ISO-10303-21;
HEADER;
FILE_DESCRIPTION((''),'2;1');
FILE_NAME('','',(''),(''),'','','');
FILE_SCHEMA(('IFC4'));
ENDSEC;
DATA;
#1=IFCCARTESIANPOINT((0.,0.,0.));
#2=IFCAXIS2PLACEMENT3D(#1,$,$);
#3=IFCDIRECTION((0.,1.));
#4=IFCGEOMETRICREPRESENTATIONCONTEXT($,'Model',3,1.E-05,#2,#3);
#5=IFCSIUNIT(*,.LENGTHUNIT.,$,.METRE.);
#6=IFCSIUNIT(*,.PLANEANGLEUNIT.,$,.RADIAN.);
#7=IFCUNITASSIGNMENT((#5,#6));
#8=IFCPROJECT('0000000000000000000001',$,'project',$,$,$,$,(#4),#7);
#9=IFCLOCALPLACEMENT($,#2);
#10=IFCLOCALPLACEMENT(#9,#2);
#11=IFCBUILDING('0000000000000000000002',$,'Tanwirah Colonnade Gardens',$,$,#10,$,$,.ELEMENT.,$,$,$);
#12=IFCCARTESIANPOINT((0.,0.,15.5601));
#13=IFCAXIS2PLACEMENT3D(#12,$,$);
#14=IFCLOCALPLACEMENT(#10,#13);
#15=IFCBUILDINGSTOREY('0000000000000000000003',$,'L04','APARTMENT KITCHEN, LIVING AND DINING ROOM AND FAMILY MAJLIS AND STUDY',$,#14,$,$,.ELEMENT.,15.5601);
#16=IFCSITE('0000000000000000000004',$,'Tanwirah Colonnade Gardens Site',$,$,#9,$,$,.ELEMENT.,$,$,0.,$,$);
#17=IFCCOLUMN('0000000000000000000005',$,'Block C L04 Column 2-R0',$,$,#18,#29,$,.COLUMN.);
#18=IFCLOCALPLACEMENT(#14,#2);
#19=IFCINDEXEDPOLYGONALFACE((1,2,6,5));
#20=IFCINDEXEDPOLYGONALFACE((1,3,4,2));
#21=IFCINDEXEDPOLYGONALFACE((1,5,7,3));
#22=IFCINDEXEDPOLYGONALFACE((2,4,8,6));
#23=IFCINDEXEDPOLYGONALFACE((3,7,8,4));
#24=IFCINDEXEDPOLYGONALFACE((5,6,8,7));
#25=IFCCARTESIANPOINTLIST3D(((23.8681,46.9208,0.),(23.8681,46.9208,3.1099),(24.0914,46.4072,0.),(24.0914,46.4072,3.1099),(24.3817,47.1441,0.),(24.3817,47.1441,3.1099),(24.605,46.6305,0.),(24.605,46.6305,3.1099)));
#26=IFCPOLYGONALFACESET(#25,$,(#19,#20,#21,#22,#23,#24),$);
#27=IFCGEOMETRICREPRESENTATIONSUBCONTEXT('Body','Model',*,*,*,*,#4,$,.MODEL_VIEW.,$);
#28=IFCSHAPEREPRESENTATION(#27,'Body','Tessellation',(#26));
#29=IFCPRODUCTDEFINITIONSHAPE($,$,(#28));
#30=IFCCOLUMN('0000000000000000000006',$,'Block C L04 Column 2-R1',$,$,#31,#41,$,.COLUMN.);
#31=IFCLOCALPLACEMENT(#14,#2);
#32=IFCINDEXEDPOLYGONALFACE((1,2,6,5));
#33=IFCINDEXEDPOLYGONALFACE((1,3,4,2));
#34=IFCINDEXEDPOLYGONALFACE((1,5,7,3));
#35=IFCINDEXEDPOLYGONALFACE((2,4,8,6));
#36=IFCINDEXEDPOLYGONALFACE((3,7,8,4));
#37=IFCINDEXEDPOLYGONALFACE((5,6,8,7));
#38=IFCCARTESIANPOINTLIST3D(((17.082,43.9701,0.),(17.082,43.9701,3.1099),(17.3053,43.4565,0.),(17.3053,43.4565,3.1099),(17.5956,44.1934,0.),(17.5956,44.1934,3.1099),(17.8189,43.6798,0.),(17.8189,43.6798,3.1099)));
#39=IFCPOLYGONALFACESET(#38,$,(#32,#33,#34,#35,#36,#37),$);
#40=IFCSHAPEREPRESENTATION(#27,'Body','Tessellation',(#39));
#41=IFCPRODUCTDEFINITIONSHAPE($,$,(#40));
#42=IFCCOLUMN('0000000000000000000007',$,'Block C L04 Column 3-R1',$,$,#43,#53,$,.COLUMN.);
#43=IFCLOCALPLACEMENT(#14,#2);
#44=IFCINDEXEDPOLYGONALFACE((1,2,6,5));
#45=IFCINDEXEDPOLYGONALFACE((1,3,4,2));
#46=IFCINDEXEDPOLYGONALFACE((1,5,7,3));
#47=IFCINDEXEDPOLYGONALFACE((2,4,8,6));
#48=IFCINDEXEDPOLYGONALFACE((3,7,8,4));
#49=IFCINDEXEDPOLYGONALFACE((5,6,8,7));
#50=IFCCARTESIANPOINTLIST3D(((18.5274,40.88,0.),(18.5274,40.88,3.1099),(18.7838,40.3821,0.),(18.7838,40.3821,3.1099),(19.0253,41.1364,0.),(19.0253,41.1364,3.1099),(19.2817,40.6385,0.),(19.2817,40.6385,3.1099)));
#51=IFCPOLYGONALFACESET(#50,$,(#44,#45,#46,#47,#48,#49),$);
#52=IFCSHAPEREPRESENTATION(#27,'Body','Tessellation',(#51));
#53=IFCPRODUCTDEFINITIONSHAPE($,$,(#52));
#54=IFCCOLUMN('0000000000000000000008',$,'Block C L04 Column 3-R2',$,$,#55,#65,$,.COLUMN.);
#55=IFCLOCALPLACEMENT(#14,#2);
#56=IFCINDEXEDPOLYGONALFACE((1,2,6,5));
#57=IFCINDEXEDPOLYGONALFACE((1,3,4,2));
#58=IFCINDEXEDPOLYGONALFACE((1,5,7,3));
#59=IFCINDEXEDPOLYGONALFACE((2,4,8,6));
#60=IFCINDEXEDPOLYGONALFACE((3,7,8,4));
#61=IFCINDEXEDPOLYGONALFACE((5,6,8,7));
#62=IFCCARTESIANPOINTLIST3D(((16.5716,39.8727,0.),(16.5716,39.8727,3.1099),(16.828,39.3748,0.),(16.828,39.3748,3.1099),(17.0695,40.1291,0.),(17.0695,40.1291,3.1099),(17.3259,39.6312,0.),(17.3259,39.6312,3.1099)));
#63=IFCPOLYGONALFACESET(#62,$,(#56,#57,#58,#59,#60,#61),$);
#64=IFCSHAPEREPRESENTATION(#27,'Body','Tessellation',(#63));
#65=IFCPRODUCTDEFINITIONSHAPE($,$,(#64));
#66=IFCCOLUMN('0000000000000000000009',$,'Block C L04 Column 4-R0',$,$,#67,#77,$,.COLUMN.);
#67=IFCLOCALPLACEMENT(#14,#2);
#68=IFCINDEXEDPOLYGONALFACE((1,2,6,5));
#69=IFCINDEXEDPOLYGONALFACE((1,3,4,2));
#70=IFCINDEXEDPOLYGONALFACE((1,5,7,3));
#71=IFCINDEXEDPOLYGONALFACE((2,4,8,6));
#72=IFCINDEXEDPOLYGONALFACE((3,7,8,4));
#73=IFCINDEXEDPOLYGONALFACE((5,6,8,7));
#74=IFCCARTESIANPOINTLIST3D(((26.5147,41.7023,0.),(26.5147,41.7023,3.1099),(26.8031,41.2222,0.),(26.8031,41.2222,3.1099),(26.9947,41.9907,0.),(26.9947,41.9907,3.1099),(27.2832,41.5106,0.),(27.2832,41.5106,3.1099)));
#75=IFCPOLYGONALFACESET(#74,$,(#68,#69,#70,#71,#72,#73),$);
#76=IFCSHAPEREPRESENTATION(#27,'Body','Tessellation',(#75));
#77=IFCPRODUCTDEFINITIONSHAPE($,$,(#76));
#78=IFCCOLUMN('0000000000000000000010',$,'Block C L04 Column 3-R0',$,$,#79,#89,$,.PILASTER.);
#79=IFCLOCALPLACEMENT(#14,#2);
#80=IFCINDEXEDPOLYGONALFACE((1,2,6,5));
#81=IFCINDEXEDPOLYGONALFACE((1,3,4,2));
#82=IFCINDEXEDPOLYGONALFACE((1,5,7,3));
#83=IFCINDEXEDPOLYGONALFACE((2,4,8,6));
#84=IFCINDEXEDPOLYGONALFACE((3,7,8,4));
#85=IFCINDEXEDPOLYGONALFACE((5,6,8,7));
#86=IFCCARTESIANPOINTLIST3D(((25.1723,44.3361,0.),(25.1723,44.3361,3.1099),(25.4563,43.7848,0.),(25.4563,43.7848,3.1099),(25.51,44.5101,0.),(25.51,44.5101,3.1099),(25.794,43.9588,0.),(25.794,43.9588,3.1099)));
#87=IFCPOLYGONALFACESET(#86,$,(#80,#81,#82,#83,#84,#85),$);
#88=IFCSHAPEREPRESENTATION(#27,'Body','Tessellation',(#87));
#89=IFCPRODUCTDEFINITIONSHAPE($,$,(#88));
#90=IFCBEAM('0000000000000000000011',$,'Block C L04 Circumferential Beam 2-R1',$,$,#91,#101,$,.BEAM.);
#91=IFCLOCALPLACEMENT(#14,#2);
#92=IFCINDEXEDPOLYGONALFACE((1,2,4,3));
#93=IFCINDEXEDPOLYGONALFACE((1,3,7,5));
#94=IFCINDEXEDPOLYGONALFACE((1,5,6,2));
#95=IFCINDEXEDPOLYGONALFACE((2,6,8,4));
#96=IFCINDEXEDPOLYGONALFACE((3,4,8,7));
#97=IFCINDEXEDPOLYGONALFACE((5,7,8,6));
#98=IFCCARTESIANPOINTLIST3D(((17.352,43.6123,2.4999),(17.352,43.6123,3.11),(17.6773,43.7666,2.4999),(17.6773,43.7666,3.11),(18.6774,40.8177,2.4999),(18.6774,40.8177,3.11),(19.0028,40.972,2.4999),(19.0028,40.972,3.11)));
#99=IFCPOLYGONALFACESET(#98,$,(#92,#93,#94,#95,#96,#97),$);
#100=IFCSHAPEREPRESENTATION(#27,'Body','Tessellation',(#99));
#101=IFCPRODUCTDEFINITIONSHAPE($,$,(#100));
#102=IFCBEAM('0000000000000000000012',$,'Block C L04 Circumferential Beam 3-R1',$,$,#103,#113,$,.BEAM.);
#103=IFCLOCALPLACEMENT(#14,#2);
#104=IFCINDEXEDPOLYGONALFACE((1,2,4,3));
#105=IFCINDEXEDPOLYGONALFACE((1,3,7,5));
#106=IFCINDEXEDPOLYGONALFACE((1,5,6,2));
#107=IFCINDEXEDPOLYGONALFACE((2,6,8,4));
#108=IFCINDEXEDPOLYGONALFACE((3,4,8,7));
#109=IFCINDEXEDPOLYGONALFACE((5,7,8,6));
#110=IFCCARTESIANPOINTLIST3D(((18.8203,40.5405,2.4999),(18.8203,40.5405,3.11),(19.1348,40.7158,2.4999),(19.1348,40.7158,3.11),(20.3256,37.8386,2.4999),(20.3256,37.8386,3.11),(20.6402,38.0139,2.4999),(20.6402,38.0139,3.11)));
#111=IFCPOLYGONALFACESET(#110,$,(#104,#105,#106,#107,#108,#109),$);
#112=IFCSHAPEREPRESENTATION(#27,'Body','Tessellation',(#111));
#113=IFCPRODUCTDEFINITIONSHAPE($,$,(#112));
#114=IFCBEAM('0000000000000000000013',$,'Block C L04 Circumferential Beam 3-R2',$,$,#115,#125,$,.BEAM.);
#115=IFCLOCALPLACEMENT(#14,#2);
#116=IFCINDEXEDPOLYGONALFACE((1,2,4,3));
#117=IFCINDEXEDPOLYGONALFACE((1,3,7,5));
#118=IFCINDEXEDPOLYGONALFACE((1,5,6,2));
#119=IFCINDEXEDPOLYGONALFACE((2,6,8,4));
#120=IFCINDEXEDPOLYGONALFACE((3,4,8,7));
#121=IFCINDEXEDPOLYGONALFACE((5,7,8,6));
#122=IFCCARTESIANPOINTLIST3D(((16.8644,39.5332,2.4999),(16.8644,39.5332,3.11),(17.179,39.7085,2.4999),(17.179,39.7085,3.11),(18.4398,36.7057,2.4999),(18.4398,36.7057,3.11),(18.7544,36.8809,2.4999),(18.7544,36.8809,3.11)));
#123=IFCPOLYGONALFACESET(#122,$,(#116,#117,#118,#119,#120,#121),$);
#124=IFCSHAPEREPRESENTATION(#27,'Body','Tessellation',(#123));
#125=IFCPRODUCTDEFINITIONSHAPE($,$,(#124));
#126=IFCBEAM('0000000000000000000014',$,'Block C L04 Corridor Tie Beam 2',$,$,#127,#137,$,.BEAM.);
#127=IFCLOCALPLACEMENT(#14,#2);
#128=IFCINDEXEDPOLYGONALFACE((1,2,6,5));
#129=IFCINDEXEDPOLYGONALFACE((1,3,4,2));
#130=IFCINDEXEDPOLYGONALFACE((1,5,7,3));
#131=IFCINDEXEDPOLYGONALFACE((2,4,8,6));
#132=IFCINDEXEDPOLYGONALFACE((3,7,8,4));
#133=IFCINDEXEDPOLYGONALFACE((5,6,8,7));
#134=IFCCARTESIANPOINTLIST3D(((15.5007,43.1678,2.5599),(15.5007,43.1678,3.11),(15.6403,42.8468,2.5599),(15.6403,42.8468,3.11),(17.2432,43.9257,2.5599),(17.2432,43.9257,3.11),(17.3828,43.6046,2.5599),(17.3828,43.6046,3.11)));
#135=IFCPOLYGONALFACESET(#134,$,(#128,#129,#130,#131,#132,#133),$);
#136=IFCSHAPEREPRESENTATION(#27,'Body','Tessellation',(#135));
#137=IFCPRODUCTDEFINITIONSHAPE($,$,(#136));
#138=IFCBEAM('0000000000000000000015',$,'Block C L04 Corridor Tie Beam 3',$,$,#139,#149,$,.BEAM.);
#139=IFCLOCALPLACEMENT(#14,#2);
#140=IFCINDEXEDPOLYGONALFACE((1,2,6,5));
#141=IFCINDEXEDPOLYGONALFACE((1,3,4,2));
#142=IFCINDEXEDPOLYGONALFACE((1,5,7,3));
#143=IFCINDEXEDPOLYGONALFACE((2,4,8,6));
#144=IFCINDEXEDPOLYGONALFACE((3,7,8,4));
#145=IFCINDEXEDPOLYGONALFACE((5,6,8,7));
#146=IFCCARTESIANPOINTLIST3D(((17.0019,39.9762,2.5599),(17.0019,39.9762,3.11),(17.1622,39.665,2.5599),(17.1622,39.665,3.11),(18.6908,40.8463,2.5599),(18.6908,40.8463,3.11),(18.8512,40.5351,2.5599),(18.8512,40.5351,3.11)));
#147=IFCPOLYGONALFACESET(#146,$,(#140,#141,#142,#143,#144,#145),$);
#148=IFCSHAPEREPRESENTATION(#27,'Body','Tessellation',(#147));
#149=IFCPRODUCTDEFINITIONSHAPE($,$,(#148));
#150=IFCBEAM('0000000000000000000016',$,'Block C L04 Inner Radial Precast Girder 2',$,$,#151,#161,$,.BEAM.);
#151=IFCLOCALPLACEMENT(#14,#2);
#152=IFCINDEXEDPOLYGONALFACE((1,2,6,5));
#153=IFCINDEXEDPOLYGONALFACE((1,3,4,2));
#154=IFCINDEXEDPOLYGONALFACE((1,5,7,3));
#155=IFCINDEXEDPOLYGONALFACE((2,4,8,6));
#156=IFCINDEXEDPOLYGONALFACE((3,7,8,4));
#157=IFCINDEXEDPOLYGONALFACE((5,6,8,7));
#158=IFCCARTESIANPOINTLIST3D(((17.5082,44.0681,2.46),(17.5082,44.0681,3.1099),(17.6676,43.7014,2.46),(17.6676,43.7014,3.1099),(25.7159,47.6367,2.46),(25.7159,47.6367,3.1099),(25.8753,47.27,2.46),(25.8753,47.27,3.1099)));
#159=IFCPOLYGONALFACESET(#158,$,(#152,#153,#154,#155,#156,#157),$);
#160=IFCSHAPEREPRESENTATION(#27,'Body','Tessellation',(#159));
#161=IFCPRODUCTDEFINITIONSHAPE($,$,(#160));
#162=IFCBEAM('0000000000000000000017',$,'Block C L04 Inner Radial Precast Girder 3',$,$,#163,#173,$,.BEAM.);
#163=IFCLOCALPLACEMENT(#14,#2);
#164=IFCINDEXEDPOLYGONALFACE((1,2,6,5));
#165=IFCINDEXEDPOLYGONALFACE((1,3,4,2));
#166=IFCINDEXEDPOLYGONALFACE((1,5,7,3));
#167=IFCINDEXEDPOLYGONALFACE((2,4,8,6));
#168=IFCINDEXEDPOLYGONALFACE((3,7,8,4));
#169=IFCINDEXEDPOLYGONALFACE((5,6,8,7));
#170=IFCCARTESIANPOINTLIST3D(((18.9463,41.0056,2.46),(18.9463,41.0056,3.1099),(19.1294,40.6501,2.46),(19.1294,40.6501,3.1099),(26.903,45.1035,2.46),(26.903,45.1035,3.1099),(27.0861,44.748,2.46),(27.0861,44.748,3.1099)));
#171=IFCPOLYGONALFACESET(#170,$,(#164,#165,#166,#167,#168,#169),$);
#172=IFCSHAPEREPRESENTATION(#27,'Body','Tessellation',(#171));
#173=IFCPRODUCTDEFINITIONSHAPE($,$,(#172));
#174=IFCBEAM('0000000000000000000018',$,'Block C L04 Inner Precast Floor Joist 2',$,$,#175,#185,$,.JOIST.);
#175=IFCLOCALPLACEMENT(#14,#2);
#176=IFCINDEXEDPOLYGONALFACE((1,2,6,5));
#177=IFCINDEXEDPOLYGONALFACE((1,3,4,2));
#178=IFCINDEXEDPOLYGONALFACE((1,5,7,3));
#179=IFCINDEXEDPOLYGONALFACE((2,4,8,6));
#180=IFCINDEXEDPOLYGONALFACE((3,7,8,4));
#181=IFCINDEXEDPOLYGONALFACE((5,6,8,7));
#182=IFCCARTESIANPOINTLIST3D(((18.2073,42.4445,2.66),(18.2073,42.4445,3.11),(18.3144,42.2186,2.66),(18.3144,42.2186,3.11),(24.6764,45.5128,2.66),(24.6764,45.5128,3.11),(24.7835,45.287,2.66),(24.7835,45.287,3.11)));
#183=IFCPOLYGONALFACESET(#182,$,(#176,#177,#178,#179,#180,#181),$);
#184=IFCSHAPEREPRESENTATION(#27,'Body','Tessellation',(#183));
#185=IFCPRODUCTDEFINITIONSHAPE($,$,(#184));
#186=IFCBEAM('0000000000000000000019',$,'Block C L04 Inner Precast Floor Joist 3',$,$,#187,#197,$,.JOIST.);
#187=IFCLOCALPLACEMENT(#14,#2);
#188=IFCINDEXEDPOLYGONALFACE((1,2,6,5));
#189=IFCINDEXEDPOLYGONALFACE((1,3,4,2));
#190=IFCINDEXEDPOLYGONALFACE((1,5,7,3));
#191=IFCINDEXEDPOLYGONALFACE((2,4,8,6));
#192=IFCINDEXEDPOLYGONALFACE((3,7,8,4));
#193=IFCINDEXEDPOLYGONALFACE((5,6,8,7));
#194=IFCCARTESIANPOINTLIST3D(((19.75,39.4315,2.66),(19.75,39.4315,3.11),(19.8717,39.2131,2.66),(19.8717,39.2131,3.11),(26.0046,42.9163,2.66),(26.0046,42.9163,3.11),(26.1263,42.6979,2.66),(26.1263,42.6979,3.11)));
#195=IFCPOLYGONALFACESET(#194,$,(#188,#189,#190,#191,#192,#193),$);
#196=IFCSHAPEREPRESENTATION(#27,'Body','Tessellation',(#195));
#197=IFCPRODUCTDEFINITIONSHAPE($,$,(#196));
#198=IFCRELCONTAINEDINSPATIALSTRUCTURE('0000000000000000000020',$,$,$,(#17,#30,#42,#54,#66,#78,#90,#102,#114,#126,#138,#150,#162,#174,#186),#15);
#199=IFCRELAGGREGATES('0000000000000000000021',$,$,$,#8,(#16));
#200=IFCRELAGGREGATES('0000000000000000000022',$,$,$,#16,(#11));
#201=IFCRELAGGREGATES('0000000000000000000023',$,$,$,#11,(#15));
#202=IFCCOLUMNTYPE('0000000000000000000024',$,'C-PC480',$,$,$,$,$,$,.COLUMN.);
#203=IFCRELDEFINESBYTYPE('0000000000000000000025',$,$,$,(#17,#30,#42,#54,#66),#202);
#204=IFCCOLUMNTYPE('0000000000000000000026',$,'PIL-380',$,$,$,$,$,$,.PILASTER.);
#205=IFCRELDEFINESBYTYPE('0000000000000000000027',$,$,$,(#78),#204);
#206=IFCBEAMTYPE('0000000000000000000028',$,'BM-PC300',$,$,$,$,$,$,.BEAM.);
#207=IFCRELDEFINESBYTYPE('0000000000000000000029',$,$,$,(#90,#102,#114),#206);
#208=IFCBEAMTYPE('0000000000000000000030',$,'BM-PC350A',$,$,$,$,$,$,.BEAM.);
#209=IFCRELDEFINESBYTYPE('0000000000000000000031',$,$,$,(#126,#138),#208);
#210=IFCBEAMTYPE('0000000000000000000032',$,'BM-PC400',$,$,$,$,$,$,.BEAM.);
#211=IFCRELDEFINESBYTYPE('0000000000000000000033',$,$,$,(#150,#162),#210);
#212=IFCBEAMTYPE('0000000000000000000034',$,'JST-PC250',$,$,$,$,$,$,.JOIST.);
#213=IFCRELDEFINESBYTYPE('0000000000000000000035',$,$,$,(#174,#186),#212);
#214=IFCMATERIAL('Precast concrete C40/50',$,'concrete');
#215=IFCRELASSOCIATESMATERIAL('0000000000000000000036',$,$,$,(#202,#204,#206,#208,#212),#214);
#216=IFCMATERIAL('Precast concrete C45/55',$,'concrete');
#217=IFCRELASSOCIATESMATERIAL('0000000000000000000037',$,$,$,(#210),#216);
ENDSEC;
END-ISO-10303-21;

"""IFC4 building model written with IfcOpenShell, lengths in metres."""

from ifc_helpers import new_model, si_unit, direction, frame, origin, origin_2d, place, context, subcontext, project, spatial, rectangle, extrude, material, material_profile, profile_set, type_object, element, save


model = new_model("IFC4")

# Units and contexts
model_context = context("Model", 3, precision=1e-05, world=origin(), true_north=direction((0.0, 1.0)))
body_context = subcontext(model_context, "Body", "Model", "MODEL_VIEW")
ifc_project = project(units=[si_unit("LENGTHUNIT", "METRE"), si_unit("PLANEANGLEUNIT", "RADIAN")], contexts=[model_context])

# Site, building, storey
site_placement = place(None, origin())
site = spatial("IfcSite", under=ifc_project, at=site_placement, Name="Tanwirah Colonnade Gardens Site", CompositionType="ELEMENT", RefElevation=0.0)
building_placement = place(site_placement, origin())
building = spatial("IfcBuilding", under=site, at=building_placement, Name="Tanwirah Colonnade Gardens", CompositionType="ELEMENT")
storey_placement = place(building_placement, frame((0.0, 0.0, 15.5601)))
storey = spatial("IfcBuildingStorey", under=building, at=storey_placement, Name="L04", Description="APARTMENT KITCHEN, LIVING AND DINING ROOM AND FAMILY MAJLIS AND STUDY", CompositionType="ELEMENT", Elevation=15.5601)

# Columns
ifc_material_1 = material(Name="Precast concrete C40/50", Category="concrete")
ifc_material_profile_1 = material_profile(ifc_material_1, rectangle(XDim=0.5601, YDim=0.5601, at=origin_2d()), Name="PC-COL 560x560")
ifc_profile_set_1 = profile_set([ifc_material_profile_1], Name="Precast concrete C40/50")
column_type_1 = type_object("IfcColumnType", Name="C-PC480", PredefinedType="COLUMN", material=ifc_profile_set_1)
for number, where, z_axis, x_axis, name in (
    (1, (24.2366, 46.7756, 0.0), (0.0, 0.0, 1.0), (-0.91706, -0.398749, 0.0), "Block C L04 Column 2-R0"),
    (2, (17.4504, 43.825, 0.0), (0.0, 0.0, 1.0), (-0.91706, -0.398749, 0.0), "Block C L04 Column 2-R1"),
    (3, (18.9045, 40.7593, 0.0), (0.0, 0.0, 1.0), (-0.889017, -0.457874, 0.0), "Block C L04 Column 3-R1"),
    (4, (16.9487, 39.752, 0.0), (0.0, 0.0, 1.0), (-0.889017, -0.457874, 0.0), "Block C L04 Column 3-R2"),
    (5, (26.8989, 41.6064, 0.0), (0.0, 0.0, 1.0), (-0.857167, -0.515038, 0.0), "Block C L04 Column 4-R0"),
):
    element("IfcColumn", number, at=place(storey_placement, frame(where, z_axis=z_axis, x_axis=x_axis)), inside=storey, type_object=column_type_1, Name=name, PredefinedType="COLUMN", context=body_context, shape_type="SweptSolid", body=[
        extrude(rectangle(XDim=0.5601, YDim=0.5601, at=origin_2d()), origin(), (0.0, 0.0, 1.0), 3.1099),
    ])
ifc_material_profile_2 = material_profile(ifc_material_1, rectangle(XDim=0.3799, YDim=0.6201, at=origin_2d()), Name="PC-PIL 380x620")
ifc_profile_set_2 = profile_set([ifc_material_profile_2], Name="Precast concrete C40/50")
column_type_2 = type_object("IfcColumnType", Name="PIL-380", PredefinedType="PILASTER", material=ifc_profile_set_2)
column_placement = place(storey_placement, frame((25.4832, 44.1475, 0.0), z_axis=(0.0, 0.0, 1.0), x_axis=(-0.889017, -0.457874, 0.0)))
element("IfcColumn", 6, at=column_placement, inside=storey, type_object=column_type_2, Name="Block C L04 Column 3-R0", PredefinedType="PILASTER", context=body_context, shape_type="SweptSolid", body=[
    extrude(rectangle(XDim=0.3799, YDim=0.6201, at=origin_2d()), origin(), (0.0, 0.0, 1.0), 3.1099),
])

# Beams
ifc_material_profile_3 = material_profile(ifc_material_1, rectangle(XDim=0.3601, YDim=0.6101, at=origin_2d()), Name="PC-BM 360x610")
ifc_profile_set_3 = profile_set([ifc_material_profile_3], Name="Precast concrete C40/50")
beam_type_1 = type_object("IfcBeamType", Name="BM-PC300", PredefinedType="BEAM", material=ifc_profile_set_3)
for number, where, z_axis, x_axis, name in (
    (7, (17.5146, 43.6895, 2.8049), (0.428521, -0.903532, 0.0), (0.903532, 0.428521, 0.0), "Block C L04 Circumferential Beam 2-R1"),
    (8, (18.9775, 40.6282, 2.8049), (0.486708, -0.873565, 0.0), (0.873565, 0.486708, 0.0), "Block C L04 Circumferential Beam 3-R1"),
):
    element("IfcBeam", number, at=place(storey_placement, frame(where, z_axis=z_axis, x_axis=x_axis)), inside=storey, type_object=beam_type_1, Name=name, PredefinedType="BEAM", context=body_context, shape_type="SweptSolid", body=[
        extrude(rectangle(XDim=0.3601, YDim=0.6101, at=origin_2d()), origin(), (0.0, 0.0, 1.0), 3.093),
    ])
beam_1_placement = place(storey_placement, frame((17.0217, 39.6208, 2.8049), z_axis=(0.486712, -0.873562, 0.0), x_axis=(0.873562, 0.486712, 0.0)))
element("IfcBeam", 9, at=beam_1_placement, inside=storey, type_object=beam_type_1, Name="Block C L04 Circumferential Beam 3-R2", PredefinedType="BEAM", context=body_context, shape_type="SweptSolid", body=[
    extrude(rectangle(XDim=0.3601, YDim=0.6101, at=origin_2d()), origin(), (0.0, 0.0, 1.0), 3.2368),
])
ifc_material_profile_4 = material_profile(ifc_material_1, rectangle(XDim=0.3501, YDim=0.55, at=origin_2d()), Name="PC-BM 350x550")
ifc_profile_set_4 = profile_set([ifc_material_profile_4], Name="Precast concrete C40/50")
beam_type_2 = type_object("IfcBeamType", Name="BM-PC350A", PredefinedType="BEAM", material=ifc_profile_set_4)
beam_2_placement = place(storey_placement, frame((17.313, 43.7651, 2.835), z_axis=(-0.917025, -0.398829, 0.0), x_axis=(0.398829, -0.917025, 0.0)))
element("IfcBeam", 10, at=beam_2_placement, inside=storey, type_object=beam_type_2, Name="Block C L04 Corridor Tie Beam 2", PredefinedType="BEAM", context=body_context, shape_type="SweptSolid", body=[
    extrude(rectangle(XDim=0.3501, YDim=0.55, at=origin_2d()), origin(), (0.0, 0.0, 1.0), 1.9001),
])
beam_3_placement = place(storey_placement, frame((18.771, 40.6907, 2.835), z_axis=(-0.888965, -0.457975, 0.0), x_axis=(0.457975, -0.888965, 0.0)))
element("IfcBeam", 11, at=beam_3_placement, inside=storey, type_object=beam_type_2, Name="Block C L04 Corridor Tie Beam 3", PredefinedType="BEAM", context=body_context, shape_type="SweptSolid", body=[
    extrude(rectangle(XDim=0.3501, YDim=0.55, at=origin_2d()), origin(), (0.0, 0.0, 1.0), 1.8999),
])
ifc_material_2 = material(Name="Precast concrete C45/55", Category="concrete")
ifc_material_profile_5 = material_profile(ifc_material_2, rectangle(XDim=0.3999, YDim=0.6499, at=origin_2d()), Name="PC-BM 400x650")
ifc_profile_set_5 = profile_set([ifc_material_profile_5], Name="Precast concrete C45/55")
beam_type_3 = type_object("IfcBeamType", Name="BM-PC400", PredefinedType="BEAM", material=ifc_profile_set_5)
for number, where, z_axis, x_axis, name in (
    (12, (17.5879, 43.8848, 2.7849), (0.91707, 0.398727, 0.0), (-0.398727, 0.91707, 0.0), "Block C L04 Inner Radial Precast Girder 2"),
    (13, (19.0378, 40.8279, 2.7849), (0.889022, 0.457864, 0.0), (-0.457864, 0.889022, 0.0), "Block C L04 Inner Radial Precast Girder 3"),
):
    element("IfcBeam", number, at=place(storey_placement, frame(where, z_axis=z_axis, x_axis=x_axis)), inside=storey, type_object=beam_type_3, Name=name, PredefinedType="BEAM", context=body_context, shape_type="SweptSolid", body=[
        extrude(rectangle(XDim=0.3999, YDim=0.6499, at=origin_2d()), origin(), (0.0, 0.0, 1.0), 8.95),
    ])
ifc_material_profile_6 = material_profile(ifc_material_1, rectangle(XDim=0.25, YDim=0.45, at=origin_2d()), Name="PC-JST 250x450")
ifc_profile_set_6 = profile_set([ifc_material_profile_6], Name="Precast concrete C40/50")
beam_type_4 = type_object("IfcBeamType", Name="JST-PC250", PredefinedType="JOIST", material=ifc_profile_set_6)
for number, where, z_axis, x_axis, name in (
    (14, (24.73, 45.3999, 2.885), (-0.903522, -0.428541, 0.0), (0.428541, -0.903522, 0.0), "Block C L04 Inner Precast Floor Joist 2"),
    (15, (26.0654, 42.8071, 2.885), (-0.87356, -0.486717, 0.0), (0.486717, -0.87356, 0.0), "Block C L04 Inner Precast Floor Joist 3"),
):
    element("IfcBeam", number, at=place(storey_placement, frame(where, z_axis=z_axis, x_axis=x_axis)), inside=storey, type_object=beam_type_4, Name=name, PredefinedType="JOIST", context=body_context, shape_type="SweptSolid", body=[
        extrude(rectangle(XDim=0.25, YDim=0.45, at=origin_2d()), origin(), (0.0, 0.0, 1.0), 7.1599),
    ])

save(model, "model.ifc")
